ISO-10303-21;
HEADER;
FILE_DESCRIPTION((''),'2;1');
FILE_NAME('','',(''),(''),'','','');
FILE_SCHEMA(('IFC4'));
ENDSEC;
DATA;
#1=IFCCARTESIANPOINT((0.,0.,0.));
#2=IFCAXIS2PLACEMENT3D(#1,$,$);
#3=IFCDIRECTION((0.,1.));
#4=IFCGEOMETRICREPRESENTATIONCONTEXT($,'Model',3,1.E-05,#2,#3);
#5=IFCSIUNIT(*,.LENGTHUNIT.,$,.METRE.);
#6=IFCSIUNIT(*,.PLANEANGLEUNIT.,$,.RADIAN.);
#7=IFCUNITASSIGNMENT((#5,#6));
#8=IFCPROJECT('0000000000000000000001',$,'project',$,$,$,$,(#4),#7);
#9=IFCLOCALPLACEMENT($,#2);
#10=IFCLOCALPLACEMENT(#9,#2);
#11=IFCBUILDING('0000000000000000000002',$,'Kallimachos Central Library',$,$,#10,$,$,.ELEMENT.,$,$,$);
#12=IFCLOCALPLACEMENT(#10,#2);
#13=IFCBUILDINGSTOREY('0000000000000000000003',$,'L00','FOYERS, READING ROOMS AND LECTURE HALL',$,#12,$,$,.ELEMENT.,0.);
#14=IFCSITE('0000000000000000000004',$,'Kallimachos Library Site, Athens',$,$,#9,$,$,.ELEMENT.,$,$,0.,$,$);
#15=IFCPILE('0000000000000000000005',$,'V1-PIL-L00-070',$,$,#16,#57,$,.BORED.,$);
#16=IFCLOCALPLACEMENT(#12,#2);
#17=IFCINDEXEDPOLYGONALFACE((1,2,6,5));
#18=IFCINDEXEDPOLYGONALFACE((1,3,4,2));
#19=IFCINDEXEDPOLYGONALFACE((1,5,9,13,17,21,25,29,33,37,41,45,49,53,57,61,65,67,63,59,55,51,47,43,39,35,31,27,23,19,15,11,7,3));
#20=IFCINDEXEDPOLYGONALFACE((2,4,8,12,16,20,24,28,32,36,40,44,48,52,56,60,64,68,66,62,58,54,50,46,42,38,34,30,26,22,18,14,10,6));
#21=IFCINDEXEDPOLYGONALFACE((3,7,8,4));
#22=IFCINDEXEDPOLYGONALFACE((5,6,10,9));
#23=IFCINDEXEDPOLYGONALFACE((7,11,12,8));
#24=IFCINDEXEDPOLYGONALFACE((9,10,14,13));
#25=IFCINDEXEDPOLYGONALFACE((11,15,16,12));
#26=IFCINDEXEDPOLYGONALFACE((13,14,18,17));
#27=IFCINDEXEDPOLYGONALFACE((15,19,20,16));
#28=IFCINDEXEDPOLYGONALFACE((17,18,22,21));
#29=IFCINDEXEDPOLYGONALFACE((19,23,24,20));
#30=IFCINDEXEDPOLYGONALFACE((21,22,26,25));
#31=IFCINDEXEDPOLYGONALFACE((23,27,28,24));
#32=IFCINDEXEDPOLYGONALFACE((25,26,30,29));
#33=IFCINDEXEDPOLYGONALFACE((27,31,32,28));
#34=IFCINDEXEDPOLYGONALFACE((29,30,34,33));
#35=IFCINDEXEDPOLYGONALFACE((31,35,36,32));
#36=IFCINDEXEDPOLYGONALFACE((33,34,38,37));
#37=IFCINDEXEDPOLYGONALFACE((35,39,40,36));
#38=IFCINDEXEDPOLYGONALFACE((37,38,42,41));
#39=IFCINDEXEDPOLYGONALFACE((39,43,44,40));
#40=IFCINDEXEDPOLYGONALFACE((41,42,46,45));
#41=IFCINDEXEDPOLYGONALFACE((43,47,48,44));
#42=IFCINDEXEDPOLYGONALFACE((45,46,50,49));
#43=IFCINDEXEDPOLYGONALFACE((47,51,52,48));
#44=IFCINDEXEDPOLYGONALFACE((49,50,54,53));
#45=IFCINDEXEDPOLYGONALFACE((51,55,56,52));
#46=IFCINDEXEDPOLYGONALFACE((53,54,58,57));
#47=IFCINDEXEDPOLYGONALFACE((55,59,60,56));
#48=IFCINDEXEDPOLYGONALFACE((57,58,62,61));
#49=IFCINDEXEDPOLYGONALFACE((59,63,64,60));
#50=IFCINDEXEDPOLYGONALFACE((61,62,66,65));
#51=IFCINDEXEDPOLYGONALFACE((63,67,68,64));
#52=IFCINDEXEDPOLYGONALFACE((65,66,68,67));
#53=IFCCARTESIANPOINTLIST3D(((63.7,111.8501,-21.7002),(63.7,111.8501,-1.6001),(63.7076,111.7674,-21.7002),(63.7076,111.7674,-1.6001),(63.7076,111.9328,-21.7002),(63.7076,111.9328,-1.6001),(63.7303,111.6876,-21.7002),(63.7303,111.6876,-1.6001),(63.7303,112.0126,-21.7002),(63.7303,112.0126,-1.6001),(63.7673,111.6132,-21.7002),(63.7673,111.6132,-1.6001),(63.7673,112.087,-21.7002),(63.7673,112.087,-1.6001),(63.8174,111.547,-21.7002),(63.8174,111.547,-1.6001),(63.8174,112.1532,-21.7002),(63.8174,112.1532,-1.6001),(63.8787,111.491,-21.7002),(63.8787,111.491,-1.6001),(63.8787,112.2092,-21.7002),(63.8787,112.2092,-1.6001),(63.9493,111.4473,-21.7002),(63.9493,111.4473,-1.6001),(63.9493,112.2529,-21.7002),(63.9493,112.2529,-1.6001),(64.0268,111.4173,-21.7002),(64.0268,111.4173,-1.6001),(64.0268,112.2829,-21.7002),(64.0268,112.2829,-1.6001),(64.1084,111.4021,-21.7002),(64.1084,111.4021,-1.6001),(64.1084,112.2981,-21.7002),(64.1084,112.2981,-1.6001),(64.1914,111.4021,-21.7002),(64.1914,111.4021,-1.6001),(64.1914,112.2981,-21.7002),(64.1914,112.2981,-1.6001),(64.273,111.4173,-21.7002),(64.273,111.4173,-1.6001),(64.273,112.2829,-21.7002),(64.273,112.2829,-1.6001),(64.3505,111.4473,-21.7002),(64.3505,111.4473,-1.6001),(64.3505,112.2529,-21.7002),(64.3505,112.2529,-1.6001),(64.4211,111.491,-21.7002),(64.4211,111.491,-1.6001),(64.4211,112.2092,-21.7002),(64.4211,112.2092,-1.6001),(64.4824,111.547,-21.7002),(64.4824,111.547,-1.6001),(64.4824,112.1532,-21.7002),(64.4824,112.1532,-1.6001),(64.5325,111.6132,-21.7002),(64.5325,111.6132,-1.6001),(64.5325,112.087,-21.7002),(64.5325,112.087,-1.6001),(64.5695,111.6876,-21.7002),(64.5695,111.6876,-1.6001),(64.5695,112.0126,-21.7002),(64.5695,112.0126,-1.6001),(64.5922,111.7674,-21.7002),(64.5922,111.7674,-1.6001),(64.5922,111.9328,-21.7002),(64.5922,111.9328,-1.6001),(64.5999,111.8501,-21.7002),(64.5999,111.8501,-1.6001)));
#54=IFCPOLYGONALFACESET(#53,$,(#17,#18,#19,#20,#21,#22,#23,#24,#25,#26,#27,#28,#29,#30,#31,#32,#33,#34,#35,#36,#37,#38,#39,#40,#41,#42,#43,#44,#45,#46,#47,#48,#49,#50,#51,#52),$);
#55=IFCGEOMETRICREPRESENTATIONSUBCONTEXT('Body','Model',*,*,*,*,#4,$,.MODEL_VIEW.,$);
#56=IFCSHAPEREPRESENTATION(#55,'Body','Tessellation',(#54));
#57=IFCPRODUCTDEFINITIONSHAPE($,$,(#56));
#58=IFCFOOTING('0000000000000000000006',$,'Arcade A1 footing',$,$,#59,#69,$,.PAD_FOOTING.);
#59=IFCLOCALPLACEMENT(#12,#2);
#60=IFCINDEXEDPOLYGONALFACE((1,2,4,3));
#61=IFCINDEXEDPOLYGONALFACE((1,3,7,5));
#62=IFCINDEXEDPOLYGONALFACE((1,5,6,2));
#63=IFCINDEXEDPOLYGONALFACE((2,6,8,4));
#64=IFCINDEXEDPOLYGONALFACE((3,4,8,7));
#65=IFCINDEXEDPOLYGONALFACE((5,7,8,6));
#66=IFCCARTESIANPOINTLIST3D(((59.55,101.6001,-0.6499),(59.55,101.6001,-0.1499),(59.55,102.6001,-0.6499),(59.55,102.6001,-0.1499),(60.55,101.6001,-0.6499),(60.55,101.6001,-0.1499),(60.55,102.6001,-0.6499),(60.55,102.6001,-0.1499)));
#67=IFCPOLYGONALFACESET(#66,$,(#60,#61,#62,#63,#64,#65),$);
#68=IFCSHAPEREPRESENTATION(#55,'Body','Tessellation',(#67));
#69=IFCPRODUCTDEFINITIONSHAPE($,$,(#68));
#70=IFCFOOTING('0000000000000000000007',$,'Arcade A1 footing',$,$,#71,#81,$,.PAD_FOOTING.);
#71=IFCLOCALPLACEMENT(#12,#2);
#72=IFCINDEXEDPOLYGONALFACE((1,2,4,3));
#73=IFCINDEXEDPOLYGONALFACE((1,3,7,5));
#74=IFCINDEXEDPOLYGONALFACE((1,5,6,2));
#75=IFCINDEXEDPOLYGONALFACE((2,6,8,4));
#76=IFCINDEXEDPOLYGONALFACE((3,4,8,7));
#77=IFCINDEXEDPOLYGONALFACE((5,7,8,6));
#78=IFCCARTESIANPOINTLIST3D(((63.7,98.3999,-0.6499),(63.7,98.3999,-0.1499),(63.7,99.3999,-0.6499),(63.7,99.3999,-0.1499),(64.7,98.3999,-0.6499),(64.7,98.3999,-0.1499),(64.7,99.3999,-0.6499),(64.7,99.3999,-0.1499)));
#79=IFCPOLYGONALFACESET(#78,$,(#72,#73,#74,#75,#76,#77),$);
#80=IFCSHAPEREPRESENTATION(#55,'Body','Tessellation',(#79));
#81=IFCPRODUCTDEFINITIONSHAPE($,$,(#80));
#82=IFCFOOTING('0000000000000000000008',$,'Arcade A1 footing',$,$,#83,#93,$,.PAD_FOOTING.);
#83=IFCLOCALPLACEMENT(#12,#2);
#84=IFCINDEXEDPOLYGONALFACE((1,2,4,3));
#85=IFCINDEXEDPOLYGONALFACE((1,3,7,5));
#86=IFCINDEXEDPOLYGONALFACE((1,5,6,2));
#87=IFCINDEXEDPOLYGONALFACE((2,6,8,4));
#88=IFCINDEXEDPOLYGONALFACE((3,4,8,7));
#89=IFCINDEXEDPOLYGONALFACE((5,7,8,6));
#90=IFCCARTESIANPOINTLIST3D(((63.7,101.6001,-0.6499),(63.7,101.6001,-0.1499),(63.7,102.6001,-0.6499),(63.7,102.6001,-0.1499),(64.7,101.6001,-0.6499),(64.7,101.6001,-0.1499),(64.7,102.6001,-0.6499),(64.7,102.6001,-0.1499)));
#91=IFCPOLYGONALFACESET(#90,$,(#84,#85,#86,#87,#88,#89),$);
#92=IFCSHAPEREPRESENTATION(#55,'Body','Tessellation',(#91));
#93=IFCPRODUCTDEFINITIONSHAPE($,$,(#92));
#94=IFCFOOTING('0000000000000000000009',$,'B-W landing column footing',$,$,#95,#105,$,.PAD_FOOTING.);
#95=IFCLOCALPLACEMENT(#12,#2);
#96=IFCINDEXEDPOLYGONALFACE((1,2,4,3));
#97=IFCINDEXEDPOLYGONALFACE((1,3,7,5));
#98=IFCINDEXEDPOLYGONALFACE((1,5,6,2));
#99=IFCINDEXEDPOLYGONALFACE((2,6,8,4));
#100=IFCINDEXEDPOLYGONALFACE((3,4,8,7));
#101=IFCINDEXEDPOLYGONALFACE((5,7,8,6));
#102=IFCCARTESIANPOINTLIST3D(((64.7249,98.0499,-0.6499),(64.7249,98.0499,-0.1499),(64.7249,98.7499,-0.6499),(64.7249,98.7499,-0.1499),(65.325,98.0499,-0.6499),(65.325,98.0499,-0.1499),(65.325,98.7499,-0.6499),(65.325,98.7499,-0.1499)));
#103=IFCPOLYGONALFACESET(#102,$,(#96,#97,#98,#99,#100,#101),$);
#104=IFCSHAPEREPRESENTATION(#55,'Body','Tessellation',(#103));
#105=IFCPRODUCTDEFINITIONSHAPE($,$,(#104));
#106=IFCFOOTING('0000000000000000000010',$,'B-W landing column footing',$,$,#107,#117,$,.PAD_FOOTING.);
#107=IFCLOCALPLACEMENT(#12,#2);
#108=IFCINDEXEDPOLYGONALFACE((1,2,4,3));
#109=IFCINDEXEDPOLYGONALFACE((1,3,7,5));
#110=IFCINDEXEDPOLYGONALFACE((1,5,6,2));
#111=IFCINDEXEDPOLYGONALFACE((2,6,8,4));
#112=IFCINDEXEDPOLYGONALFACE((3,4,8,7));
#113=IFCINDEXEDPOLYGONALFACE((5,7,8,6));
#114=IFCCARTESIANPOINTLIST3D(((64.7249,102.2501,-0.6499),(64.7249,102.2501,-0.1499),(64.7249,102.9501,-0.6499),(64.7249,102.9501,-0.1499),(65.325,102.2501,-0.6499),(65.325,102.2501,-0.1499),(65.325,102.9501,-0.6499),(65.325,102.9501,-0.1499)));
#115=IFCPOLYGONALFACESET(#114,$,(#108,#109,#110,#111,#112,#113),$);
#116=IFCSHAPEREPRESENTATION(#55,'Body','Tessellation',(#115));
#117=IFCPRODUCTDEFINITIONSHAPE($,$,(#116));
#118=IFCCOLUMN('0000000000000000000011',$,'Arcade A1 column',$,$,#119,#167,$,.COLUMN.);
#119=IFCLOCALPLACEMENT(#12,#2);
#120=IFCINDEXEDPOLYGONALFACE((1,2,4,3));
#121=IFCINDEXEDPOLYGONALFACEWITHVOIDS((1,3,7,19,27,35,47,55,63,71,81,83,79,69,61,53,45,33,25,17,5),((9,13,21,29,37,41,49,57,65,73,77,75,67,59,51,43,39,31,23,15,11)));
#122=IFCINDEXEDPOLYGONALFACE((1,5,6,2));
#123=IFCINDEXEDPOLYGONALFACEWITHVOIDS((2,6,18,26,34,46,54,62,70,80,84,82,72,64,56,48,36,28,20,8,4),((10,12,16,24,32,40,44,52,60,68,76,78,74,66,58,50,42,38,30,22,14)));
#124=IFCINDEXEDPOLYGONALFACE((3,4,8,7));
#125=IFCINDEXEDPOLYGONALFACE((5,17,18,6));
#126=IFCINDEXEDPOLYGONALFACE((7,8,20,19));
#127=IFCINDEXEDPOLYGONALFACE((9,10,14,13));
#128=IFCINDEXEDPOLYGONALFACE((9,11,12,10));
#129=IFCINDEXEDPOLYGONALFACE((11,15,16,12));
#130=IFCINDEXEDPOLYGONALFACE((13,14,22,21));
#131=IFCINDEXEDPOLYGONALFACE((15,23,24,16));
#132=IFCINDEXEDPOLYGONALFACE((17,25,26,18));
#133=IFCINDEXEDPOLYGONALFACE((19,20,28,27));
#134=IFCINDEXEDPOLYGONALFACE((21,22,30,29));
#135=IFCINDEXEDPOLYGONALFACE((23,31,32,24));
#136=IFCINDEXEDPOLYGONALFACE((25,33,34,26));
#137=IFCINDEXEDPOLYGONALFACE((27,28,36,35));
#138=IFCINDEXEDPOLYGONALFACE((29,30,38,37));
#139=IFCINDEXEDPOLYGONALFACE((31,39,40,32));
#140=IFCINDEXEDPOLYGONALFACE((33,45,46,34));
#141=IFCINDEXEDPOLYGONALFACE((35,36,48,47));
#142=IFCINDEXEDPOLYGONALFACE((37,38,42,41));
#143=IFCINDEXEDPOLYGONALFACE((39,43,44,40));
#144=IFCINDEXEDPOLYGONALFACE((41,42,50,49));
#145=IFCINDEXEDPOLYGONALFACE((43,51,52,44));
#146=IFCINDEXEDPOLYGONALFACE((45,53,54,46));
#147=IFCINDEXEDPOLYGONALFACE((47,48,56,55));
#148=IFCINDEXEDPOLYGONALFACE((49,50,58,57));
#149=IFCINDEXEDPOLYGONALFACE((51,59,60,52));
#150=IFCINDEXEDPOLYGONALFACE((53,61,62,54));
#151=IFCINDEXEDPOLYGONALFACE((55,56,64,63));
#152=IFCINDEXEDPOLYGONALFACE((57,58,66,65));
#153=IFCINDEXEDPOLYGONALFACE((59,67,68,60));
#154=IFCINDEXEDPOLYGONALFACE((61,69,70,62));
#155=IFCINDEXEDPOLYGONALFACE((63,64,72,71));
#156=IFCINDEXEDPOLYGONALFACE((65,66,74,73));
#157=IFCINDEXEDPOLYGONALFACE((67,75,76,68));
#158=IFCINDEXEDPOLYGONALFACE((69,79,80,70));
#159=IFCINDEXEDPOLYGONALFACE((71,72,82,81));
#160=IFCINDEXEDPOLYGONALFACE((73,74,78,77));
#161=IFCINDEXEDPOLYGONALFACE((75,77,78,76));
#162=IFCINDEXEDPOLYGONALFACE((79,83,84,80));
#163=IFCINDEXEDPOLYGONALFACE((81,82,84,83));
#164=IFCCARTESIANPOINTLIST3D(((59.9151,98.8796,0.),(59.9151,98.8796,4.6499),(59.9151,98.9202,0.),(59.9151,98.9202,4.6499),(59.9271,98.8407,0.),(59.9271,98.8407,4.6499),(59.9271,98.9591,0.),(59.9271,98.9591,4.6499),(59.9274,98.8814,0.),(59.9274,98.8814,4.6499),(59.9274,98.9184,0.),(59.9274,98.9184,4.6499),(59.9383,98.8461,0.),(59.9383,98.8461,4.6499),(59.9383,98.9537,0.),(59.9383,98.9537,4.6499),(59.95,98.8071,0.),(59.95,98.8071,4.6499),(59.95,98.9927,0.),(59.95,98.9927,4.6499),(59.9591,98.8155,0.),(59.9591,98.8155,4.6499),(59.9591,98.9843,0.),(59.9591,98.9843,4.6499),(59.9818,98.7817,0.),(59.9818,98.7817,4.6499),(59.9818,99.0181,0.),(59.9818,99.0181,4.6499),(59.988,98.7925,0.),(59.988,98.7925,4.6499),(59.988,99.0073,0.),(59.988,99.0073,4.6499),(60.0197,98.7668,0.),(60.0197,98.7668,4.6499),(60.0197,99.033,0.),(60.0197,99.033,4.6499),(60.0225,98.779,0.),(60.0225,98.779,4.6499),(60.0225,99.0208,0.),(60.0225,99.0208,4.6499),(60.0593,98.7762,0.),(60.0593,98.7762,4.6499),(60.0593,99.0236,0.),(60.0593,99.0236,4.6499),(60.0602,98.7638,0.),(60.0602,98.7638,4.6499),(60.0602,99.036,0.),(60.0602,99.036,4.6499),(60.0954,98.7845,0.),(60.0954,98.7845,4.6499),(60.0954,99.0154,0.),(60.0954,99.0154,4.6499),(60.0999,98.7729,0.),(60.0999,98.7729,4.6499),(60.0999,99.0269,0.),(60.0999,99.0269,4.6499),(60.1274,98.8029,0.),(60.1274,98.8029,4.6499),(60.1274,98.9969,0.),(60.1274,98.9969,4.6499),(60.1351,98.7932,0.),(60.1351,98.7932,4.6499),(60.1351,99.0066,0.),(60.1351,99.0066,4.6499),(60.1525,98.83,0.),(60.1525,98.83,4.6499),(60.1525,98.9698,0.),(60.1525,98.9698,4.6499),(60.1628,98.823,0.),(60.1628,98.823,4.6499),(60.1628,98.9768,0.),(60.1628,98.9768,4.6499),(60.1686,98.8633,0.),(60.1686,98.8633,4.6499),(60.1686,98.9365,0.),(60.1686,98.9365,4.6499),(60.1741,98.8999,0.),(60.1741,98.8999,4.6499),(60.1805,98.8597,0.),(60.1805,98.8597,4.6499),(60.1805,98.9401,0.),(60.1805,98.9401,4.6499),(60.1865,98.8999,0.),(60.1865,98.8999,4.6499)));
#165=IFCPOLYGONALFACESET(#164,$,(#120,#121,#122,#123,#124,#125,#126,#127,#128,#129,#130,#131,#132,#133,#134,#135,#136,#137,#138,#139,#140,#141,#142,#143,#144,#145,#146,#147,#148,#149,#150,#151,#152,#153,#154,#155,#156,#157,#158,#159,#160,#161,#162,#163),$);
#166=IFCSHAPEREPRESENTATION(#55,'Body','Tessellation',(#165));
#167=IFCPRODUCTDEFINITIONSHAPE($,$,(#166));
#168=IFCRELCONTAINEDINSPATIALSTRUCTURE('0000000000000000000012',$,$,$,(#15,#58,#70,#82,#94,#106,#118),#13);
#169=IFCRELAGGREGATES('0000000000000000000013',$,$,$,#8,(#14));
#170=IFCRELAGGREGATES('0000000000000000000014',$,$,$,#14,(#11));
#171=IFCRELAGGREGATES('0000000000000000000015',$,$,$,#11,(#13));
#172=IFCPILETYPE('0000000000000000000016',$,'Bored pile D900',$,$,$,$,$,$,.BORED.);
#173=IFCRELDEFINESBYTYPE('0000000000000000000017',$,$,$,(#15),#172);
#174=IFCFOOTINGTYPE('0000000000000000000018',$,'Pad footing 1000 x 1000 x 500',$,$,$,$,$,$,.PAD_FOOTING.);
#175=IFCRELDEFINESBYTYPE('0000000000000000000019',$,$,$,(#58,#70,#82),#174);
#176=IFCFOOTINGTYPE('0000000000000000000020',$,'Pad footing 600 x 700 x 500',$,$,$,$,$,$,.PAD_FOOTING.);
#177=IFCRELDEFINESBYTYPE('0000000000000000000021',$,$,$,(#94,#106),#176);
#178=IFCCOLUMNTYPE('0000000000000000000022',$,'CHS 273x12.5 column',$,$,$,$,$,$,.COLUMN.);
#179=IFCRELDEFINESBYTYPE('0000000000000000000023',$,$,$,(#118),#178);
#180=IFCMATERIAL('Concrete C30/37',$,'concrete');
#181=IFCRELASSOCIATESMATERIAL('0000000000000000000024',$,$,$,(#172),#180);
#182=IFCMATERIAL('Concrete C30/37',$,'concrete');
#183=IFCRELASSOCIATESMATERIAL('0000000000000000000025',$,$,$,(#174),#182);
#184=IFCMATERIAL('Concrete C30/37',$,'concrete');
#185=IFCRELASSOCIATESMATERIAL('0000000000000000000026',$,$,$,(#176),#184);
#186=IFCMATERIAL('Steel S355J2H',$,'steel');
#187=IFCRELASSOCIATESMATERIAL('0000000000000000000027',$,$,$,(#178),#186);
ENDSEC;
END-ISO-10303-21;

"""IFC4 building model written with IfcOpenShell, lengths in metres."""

from ifc_helpers import new_model, si_unit, direction, frame, origin, origin_2d, place, context, subcontext, project, spatial, rectangle, circle, hollow_circle, extrude, material, material_profile, profile_set, type_object, element, save


model = new_model("IFC4")

# Units and contexts
model_context = context("Model", 3, precision=1e-05, world=origin(), true_north=direction((0.0, 1.0)))
body_context = subcontext(model_context, "Body", "Model", "MODEL_VIEW")
ifc_project = project(units=[si_unit("LENGTHUNIT", "METRE"), si_unit("PLANEANGLEUNIT", "RADIAN")], contexts=[model_context])

# Site, building, storey
site_placement = place(None, origin())
site = spatial("IfcSite", under=ifc_project, at=site_placement, Name="Kallimachos Library Site, Athens", CompositionType="ELEMENT", RefElevation=0.0)
building_placement = place(site_placement, origin())
building = spatial("IfcBuilding", under=site, at=building_placement, Name="Kallimachos Central Library", CompositionType="ELEMENT")
storey_placement = place(building_placement, origin())
storey = spatial("IfcBuildingStorey", under=building, at=storey_placement, Name="L00", Description="FOYERS, READING ROOMS AND LECTURE HALL", CompositionType="ELEMENT", Elevation=0.0)

# Pile
ifc_material_1 = material(Name="Concrete C30/37", Category="concrete")
pile_type = type_object("IfcPileType", Name="Bored pile D900", PredefinedType="BORED", material=ifc_material_1)
for number, where, z_axis, x_axis, name in (
    (1, (64.1499, 111.8501, -1.6001), (0.0, 0.0, -1.0), (1.0, 0.0, 0.0), "V1-PIL-L00-070"),
):
    element("IfcPile", number, at=place(storey_placement, frame(where, z_axis=z_axis, x_axis=x_axis)), inside=storey, type_object=pile_type, Name=name, PredefinedType="BORED", context=body_context, shape_type="SweptSolid", body=[
        extrude(circle(Radius=0.45, at=origin_2d()), origin(), (0.0, 0.0, 1.0), 20.1001),
    ])

# Footings
ifc_material_2 = material(Name="Concrete C30/37", Category="concrete")
footing_type_1 = type_object("IfcFootingType", Name="Pad footing 1000 x 1000 x 500", PredefinedType="PAD_FOOTING", material=ifc_material_2)
for number, where, z_axis, x_axis, name in (
    (2, (60.05, 102.1001, -0.6499), (0.0, 0.0, 1.0), (1.0, 0.0, 0.0), "Arcade A1 footing"),
    (3, (64.2, 98.8999, -0.6499), (0.0, 0.0, 1.0), (1.0, 0.0, 0.0), "Arcade A1 footing"),
    (4, (64.2, 102.1001, -0.6499), (0.0, 0.0, 1.0), (1.0, 0.0, 0.0), "Arcade A1 footing"),
):
    element("IfcFooting", number, at=place(storey_placement, frame(where, z_axis=z_axis, x_axis=x_axis)), inside=storey, type_object=footing_type_1, Name=name, PredefinedType="PAD_FOOTING", context=body_context, shape_type="SweptSolid", body=[
        extrude(rectangle(XDim=1.0, YDim=1.0, at=origin_2d()), origin(), (0.0, 0.0, 1.0), 0.5),
    ])
ifc_material_3 = material(Name="Concrete C30/37", Category="concrete")
footing_type_2 = type_object("IfcFootingType", Name="Pad footing 600 x 700 x 500", PredefinedType="PAD_FOOTING", material=ifc_material_3)
for number, where, z_axis, x_axis, name in (
    (5, (65.0249, 98.3999, -0.6499), (0.0, 0.0, 1.0), (1.0, 0.0, 0.0), "B-W landing column footing"),
    (6, (65.0249, 102.6001, -0.6499), (0.0, 0.0, 1.0), (1.0, 0.0, 0.0), "B-W landing column footing"),
):
    element("IfcFooting", number, at=place(storey_placement, frame(where, z_axis=z_axis, x_axis=x_axis)), inside=storey, type_object=footing_type_2, Name=name, PredefinedType="PAD_FOOTING", context=body_context, shape_type="SweptSolid", body=[
        extrude(rectangle(XDim=0.6001, YDim=0.7, at=origin_2d()), origin(), (0.0, 0.0, 1.0), 0.5),
    ])

# Column
ifc_material_4 = material(Name="Steel S355J2H", Category="steel")
ifc_material_profile_1 = material_profile(ifc_material_4, hollow_circle(Radius=0.1365, WallThickness=0.0125, at=origin_2d()), Name="CHS 273x12.5")
ifc_profile_set_1 = profile_set([ifc_material_profile_1], Name="Steel S355J2H")
column_type_1 = type_object("IfcColumnType", Name="CHS 273x12.5 column", PredefinedType="COLUMN", material=ifc_profile_set_1)
for number, where, z_axis, x_axis, name in (
    (7, (60.05, 98.8999, 0.0), (0.0, 0.0, 1.0), (1.0, 0.0, 0.0), "Arcade A1 column"),
):
    element("IfcColumn", number, at=place(storey_placement, frame(where, z_axis=z_axis, x_axis=x_axis)), inside=storey, type_object=column_type_1, Name=name, PredefinedType="COLUMN", context=body_context, shape_type="SweptSolid", body=[
        extrude(hollow_circle(Radius=0.1365, WallThickness=0.0125, at=origin_2d()), origin(), (0.0, 0.0, 1.0), 4.6499),
    ])

save(model, "model.ifc")
